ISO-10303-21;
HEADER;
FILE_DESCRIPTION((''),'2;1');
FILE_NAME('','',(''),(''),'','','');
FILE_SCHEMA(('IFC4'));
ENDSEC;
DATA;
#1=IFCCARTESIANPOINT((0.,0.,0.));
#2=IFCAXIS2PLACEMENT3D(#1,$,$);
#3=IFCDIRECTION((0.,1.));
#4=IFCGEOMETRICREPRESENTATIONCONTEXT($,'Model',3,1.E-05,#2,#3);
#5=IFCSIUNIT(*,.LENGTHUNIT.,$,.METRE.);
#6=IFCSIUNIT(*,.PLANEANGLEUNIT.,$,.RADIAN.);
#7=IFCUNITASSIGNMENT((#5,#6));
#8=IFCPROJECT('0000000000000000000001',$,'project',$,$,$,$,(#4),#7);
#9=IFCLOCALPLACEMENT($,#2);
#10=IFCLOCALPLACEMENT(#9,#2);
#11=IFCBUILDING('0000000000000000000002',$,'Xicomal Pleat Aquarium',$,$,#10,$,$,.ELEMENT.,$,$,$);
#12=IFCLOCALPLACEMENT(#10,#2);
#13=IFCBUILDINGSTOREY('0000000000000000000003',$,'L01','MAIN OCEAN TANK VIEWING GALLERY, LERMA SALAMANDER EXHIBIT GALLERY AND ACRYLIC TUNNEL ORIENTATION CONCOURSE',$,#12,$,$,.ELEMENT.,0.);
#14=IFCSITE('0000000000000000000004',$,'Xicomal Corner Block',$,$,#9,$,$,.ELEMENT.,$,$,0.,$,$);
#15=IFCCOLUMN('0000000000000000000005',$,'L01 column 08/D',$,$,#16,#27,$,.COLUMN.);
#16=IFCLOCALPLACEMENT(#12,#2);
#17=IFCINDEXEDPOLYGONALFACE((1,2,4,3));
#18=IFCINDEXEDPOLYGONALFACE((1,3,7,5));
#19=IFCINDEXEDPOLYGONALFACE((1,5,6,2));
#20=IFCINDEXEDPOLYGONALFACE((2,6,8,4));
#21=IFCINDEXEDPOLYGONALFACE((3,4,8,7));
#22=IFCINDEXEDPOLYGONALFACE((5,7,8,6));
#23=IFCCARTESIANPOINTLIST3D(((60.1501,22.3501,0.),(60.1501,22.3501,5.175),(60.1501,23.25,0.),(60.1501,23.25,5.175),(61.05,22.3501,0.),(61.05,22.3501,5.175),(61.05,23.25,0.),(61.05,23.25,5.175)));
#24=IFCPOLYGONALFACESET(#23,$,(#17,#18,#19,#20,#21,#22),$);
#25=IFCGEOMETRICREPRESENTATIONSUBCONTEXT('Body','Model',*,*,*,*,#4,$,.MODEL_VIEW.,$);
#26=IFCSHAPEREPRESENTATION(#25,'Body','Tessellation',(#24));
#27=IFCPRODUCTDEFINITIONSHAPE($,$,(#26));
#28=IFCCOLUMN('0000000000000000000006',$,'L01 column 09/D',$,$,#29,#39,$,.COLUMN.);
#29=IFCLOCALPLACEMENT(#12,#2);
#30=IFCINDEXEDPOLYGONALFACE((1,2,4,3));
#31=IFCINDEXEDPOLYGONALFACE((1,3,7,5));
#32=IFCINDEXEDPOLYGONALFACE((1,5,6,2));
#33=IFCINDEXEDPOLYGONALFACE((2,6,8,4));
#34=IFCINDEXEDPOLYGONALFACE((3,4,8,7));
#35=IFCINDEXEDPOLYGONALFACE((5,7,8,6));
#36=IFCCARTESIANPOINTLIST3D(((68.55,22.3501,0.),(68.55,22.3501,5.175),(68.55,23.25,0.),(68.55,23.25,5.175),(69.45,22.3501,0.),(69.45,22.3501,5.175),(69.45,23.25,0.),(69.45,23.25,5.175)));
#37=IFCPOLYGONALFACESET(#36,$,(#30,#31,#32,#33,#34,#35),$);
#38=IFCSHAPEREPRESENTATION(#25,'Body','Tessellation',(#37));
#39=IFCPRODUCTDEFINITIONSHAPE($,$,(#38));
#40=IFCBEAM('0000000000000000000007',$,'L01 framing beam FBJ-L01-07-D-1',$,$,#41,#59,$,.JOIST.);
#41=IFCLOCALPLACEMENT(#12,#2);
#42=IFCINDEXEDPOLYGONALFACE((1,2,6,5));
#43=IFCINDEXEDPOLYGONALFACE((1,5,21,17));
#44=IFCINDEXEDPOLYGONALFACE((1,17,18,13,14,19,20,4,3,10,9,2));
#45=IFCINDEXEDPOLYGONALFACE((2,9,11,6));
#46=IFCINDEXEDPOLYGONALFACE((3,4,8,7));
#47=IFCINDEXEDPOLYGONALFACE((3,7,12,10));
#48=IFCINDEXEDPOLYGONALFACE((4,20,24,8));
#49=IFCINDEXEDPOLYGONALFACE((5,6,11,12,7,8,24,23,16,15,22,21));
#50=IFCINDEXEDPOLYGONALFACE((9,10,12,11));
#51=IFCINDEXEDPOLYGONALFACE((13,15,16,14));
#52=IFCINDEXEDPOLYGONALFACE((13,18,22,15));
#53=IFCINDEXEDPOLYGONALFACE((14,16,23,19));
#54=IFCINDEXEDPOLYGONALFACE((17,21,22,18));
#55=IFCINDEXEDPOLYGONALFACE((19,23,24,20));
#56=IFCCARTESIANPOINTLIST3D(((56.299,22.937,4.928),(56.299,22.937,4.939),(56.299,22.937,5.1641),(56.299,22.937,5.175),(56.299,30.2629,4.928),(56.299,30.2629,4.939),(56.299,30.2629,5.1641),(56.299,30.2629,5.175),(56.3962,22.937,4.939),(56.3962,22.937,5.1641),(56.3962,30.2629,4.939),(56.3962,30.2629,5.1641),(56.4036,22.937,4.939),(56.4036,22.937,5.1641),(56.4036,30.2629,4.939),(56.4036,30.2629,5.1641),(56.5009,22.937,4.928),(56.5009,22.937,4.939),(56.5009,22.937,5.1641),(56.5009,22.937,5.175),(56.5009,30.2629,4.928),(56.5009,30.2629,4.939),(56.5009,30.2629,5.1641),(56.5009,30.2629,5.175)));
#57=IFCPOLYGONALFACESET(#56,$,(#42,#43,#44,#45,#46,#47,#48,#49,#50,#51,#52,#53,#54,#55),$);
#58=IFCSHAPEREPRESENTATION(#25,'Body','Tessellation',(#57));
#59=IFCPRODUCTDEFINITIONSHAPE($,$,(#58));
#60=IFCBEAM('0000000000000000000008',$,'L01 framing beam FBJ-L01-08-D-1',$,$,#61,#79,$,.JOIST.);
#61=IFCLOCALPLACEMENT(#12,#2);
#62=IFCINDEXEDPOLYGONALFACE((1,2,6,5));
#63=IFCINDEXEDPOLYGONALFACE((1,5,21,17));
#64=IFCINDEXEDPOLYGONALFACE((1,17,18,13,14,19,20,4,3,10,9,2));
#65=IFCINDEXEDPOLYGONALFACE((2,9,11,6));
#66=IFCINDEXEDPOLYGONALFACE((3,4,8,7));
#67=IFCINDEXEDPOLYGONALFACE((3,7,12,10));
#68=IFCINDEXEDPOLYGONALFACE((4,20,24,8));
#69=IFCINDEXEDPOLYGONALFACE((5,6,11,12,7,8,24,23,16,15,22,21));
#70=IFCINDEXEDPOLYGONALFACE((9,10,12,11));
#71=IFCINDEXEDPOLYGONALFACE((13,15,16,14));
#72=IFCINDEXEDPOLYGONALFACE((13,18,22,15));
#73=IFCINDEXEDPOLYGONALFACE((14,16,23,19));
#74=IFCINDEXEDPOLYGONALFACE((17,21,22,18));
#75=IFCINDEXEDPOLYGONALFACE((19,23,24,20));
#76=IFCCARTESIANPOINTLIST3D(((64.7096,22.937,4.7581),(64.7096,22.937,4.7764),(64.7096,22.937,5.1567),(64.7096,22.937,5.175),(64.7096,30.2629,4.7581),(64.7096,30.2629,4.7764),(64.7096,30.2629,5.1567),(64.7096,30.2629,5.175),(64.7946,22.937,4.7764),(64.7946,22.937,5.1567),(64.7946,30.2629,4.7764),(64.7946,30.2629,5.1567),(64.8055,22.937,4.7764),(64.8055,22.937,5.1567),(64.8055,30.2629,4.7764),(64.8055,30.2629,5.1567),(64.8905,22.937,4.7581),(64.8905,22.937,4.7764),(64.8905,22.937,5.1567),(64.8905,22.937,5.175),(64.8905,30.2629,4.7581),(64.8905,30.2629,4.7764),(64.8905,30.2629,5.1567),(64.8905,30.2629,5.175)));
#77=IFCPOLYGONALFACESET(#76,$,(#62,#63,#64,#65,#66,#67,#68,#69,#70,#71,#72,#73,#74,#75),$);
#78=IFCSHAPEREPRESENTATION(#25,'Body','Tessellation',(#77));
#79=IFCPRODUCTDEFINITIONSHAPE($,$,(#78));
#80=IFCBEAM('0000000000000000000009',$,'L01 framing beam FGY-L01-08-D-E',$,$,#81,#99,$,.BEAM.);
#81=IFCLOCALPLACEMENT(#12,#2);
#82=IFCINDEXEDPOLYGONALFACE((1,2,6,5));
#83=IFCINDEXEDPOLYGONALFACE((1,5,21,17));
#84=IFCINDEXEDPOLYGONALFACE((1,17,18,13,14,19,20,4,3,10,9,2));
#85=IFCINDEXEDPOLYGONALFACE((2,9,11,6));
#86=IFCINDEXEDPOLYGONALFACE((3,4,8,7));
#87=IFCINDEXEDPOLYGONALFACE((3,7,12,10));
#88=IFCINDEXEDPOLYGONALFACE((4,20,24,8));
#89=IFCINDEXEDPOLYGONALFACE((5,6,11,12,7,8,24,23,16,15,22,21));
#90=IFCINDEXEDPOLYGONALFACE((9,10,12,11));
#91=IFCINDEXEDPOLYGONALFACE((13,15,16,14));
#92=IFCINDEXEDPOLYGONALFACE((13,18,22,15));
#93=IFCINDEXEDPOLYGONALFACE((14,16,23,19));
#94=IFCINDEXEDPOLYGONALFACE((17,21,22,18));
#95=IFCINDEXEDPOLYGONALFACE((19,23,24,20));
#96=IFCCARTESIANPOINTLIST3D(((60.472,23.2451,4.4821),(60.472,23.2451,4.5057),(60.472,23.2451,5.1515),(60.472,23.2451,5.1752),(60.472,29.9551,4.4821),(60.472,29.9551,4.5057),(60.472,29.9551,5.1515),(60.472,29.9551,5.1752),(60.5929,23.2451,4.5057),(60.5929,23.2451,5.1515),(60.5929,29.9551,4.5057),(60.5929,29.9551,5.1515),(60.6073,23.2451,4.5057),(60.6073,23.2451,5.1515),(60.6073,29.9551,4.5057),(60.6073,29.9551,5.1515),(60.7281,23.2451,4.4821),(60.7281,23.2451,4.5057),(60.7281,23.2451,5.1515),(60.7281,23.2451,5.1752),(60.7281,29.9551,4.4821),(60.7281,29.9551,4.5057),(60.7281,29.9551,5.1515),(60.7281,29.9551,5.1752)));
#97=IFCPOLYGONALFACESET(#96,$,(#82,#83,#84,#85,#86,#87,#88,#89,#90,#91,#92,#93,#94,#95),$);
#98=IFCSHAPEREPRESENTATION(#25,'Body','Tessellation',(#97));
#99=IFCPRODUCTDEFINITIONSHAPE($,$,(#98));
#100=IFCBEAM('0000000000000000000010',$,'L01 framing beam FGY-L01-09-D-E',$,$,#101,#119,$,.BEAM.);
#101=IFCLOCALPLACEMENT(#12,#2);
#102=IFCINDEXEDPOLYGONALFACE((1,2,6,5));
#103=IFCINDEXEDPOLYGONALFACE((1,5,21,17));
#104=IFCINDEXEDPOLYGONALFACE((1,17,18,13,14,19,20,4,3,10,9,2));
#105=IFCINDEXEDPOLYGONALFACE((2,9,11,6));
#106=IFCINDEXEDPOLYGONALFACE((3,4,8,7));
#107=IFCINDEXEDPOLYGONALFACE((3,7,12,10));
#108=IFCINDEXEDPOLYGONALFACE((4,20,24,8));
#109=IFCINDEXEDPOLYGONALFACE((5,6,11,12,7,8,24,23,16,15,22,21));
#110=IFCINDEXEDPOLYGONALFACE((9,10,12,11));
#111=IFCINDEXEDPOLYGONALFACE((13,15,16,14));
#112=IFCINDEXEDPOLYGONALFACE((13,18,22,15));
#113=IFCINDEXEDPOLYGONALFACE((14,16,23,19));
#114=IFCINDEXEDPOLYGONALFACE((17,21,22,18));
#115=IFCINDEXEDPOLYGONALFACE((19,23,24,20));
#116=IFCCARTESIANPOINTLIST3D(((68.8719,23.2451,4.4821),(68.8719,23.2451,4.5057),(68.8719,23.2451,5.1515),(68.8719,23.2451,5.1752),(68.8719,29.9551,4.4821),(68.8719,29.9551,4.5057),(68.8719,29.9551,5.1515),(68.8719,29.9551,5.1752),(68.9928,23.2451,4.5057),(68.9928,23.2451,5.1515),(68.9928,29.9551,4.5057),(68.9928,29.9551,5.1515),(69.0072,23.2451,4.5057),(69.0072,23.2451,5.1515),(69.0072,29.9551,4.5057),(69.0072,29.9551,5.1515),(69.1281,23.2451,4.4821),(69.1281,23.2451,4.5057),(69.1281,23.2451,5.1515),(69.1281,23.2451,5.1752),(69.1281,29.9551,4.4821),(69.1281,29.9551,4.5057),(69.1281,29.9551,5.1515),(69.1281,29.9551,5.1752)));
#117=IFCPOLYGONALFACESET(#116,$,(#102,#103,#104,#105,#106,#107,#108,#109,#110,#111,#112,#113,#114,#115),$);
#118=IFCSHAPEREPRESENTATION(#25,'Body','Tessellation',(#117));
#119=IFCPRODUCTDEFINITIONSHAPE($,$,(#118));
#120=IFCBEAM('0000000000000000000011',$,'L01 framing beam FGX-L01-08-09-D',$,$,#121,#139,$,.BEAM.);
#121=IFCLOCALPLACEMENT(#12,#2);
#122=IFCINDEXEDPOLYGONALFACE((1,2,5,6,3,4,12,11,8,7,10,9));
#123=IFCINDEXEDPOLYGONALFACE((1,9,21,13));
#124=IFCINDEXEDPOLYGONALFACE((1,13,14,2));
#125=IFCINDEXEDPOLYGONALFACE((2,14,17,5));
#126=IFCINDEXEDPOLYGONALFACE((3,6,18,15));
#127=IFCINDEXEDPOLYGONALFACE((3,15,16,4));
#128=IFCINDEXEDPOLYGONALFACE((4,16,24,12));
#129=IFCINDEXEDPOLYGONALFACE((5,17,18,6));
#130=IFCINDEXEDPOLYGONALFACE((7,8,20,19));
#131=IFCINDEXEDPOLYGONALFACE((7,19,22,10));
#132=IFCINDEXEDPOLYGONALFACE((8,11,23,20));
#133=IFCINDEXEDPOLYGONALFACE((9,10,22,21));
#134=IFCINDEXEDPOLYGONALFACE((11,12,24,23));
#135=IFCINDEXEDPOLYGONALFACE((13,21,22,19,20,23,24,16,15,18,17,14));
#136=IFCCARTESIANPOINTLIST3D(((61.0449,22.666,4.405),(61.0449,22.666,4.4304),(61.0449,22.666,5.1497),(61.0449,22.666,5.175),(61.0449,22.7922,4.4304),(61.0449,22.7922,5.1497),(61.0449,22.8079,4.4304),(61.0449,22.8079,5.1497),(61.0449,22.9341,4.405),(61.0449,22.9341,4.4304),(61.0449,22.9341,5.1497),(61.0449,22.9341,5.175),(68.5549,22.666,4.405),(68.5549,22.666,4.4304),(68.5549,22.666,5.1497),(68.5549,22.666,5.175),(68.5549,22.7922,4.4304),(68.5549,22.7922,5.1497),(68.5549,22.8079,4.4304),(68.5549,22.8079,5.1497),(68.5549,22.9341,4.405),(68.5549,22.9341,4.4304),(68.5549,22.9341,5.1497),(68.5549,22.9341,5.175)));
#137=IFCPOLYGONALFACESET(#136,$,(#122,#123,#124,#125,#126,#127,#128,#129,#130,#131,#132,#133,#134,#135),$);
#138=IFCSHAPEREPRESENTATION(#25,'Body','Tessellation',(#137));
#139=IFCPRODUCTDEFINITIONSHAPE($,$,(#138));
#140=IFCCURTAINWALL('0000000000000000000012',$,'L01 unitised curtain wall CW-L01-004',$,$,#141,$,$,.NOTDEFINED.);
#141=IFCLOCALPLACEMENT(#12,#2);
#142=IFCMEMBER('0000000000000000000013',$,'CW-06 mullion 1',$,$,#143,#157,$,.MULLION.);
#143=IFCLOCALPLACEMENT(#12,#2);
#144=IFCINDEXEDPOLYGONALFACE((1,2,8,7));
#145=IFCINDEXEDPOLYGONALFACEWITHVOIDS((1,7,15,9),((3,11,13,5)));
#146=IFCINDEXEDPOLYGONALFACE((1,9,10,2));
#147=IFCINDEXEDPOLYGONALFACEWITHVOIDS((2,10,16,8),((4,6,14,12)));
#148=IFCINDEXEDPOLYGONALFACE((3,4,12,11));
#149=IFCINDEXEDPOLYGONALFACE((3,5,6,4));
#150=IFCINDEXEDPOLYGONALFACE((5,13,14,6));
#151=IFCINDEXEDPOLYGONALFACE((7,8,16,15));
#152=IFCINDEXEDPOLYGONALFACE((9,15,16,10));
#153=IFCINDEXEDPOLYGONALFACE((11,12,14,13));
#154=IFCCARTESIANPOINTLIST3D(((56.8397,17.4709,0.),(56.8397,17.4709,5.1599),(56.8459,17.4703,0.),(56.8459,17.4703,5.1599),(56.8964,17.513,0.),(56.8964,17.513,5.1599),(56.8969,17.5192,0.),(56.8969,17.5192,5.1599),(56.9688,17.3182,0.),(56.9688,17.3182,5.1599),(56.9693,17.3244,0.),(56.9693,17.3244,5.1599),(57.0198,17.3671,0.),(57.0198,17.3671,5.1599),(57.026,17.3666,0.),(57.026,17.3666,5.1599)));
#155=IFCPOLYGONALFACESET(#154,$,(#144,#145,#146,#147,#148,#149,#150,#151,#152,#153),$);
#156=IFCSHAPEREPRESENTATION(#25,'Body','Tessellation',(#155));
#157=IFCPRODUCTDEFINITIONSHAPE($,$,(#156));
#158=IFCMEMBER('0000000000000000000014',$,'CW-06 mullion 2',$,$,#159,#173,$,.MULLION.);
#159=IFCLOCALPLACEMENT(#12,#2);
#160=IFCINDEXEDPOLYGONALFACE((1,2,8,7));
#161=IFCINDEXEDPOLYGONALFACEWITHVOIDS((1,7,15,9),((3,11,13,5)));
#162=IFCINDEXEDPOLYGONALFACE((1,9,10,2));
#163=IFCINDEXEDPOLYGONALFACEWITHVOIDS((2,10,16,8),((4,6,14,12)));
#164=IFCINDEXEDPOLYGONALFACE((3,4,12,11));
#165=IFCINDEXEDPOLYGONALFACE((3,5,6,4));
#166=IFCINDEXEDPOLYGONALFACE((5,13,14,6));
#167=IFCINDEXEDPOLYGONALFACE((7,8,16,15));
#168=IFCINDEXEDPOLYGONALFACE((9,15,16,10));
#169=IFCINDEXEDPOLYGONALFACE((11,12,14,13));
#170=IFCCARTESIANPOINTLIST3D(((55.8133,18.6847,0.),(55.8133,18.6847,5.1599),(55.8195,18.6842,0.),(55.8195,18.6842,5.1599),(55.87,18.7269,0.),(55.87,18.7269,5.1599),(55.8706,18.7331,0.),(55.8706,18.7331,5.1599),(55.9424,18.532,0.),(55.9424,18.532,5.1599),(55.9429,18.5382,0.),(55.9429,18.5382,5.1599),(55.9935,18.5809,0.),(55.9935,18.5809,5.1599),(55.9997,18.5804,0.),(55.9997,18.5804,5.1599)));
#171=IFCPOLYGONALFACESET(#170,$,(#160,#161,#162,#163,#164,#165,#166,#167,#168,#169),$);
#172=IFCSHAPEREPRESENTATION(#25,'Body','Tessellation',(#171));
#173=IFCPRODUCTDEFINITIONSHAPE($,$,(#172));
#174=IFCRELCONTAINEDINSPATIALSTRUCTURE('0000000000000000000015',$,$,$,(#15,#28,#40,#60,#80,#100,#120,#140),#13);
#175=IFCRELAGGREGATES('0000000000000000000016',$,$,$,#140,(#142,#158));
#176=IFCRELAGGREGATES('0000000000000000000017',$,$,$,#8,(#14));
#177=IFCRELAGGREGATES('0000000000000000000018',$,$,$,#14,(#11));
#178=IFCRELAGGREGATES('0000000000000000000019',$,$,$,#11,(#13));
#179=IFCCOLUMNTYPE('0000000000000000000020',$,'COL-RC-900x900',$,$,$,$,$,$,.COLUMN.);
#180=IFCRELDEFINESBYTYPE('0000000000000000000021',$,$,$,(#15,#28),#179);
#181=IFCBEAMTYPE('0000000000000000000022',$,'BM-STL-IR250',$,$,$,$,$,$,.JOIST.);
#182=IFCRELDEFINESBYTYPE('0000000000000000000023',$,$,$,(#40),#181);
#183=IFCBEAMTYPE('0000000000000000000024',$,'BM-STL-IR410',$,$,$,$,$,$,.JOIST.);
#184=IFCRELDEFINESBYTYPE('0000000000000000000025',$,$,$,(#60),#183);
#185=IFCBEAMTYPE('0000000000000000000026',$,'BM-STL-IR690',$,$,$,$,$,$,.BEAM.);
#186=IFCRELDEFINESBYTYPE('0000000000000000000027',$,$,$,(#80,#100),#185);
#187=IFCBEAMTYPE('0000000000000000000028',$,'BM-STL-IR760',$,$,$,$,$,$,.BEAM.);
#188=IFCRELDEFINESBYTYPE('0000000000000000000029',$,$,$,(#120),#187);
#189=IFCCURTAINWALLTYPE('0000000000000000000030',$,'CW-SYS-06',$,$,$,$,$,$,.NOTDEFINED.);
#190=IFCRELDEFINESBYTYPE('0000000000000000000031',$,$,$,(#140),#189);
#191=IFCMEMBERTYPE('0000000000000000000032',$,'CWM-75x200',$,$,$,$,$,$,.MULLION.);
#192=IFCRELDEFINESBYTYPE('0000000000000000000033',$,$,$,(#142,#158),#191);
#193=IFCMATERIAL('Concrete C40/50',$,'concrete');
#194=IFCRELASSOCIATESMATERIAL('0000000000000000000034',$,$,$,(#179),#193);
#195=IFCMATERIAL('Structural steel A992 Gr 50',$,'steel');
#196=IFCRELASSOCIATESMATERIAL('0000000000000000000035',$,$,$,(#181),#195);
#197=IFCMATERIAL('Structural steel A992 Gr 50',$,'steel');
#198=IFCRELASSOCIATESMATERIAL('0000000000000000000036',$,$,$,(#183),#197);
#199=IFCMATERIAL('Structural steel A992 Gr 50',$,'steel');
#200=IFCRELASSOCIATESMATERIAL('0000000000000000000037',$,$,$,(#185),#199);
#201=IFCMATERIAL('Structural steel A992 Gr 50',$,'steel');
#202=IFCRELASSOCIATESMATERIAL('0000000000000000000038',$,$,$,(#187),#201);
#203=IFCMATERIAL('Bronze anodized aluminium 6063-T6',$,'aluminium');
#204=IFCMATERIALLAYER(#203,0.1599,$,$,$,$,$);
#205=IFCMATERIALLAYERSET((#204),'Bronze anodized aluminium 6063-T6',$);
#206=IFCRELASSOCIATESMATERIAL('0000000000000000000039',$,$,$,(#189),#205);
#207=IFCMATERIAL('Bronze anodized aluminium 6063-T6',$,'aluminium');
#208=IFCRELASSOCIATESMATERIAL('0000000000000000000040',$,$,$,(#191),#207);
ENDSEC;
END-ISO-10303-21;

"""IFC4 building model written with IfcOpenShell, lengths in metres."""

from ifc_helpers import new_model, si_unit, direction, frame, origin, origin_2d, place, context, subcontext, project, spatial, rectangle, hollow_rectangle, i_section, extrude, material, layer, layer_set, material_profile, profile_set, type_object, element, aggregate, save


model = new_model("IFC4")

# Units and contexts
model_context = context("Model", 3, precision=1e-05, world=origin(), true_north=direction((0.0, 1.0)))
body_context = subcontext(model_context, "Body", "Model", "MODEL_VIEW")
ifc_project = project(units=[si_unit("LENGTHUNIT", "METRE"), si_unit("PLANEANGLEUNIT", "RADIAN")], contexts=[model_context])

# Site, building, storey
site_placement = place(None, origin())
site = spatial("IfcSite", under=ifc_project, at=site_placement, Name="Xicomal Corner Block", CompositionType="ELEMENT", RefElevation=0.0)
building_placement = place(site_placement, origin())
building = spatial("IfcBuilding", under=site, at=building_placement, Name="Xicomal Pleat Aquarium", CompositionType="ELEMENT")
storey_placement = place(building_placement, origin())
storey = spatial("IfcBuildingStorey", under=building, at=storey_placement, Name="L01", Description="MAIN OCEAN TANK VIEWING GALLERY, LERMA SALAMANDER EXHIBIT GALLERY AND ACRYLIC TUNNEL ORIENTATION CONCOURSE", CompositionType="ELEMENT", Elevation=0.0)

# Columns
ifc_material_1 = material(Name="Concrete C40/50", Category="concrete")
ifc_material_profile_1 = material_profile(ifc_material_1, rectangle(XDim=0.8999, YDim=0.8999, at=origin_2d()), Name="RC 900x900")
ifc_profile_set_1 = profile_set([ifc_material_profile_1], Name="Concrete C40/50")
column_type = type_object("IfcColumnType", Name="COL-RC-900x900", PredefinedType="COLUMN", material=ifc_profile_set_1)
for number, where, z_axis, x_axis, name in (
    (1, (60.6001, 22.8, 0.0), (0.0, 0.0, 1.0), (1.0, 0.0, 0.0), "L01 column 08/D"),
    (2, (69.0, 22.8, 0.0), (0.0, 0.0, 1.0), (1.0, 0.0, 0.0), "L01 column 09/D"),
):
    element("IfcColumn", number, at=place(storey_placement, frame(where, z_axis=z_axis, x_axis=x_axis)), inside=storey, type_object=column_type, Name=name, PredefinedType="COLUMN", context=body_context, shape_type="SweptSolid", body=[
        extrude(rectangle(XDim=0.8999, YDim=0.8999, at=origin_2d()), origin(), (0.0, 0.0, 1.0), 5.175),
    ])

# Beams
ifc_material_2 = material(Name="Structural steel A992 Gr 50", Category="steel")
ifc_material_profile_2 = material_profile(ifc_material_2, i_section(OverallWidth=0.2019, OverallDepth=0.2471, WebThickness=0.0073, FlangeThickness=0.011, at=origin_2d()), Name="IR 250x49")
ifc_profile_set_2 = profile_set([ifc_material_profile_2], Name="Structural steel A992 Gr 50")
beam_type_1 = type_object("IfcBeamType", Name="BM-STL-IR250", PredefinedType="JOIST", material=ifc_profile_set_2)
beam_1_placement = place(storey_placement, frame((56.3999, 22.937, 5.0515), z_axis=(0.0, 1.0, 0.0), x_axis=(-1.0, 0.0, 0.0)))
element("IfcBeam", 3, at=beam_1_placement, inside=storey, type_object=beam_type_1, Name="L01 framing beam FBJ-L01-07-D-1", PredefinedType="JOIST", context=body_context, shape_type="SweptSolid", body=[
    extrude(i_section(OverallWidth=0.2019, OverallDepth=0.2471, WebThickness=0.0073, FlangeThickness=0.011, at=origin_2d()), origin(), (0.0, 0.0, 1.0), 7.3259),
])
ifc_material_3 = material(Name="Structural steel A992 Gr 50", Category="steel")
ifc_material_profile_3 = material_profile(ifc_material_3, i_section(OverallWidth=0.1809, OverallDepth=0.417, WebThickness=0.011, FlangeThickness=0.0183, at=origin_2d()), Name="IR 410x85")
ifc_profile_set_3 = profile_set([ifc_material_profile_3], Name="Structural steel A992 Gr 50")
beam_type_2 = type_object("IfcBeamType", Name="BM-STL-IR410", PredefinedType="JOIST", material=ifc_profile_set_3)
beam_2_placement = place(storey_placement, frame((64.8, 22.937, 4.9666), z_axis=(0.0, 1.0, 0.0), x_axis=(-1.0, 0.0, 0.0)))
element("IfcBeam", 4, at=beam_2_placement, inside=storey, type_object=beam_type_2, Name="L01 framing beam FBJ-L01-08-D-1", PredefinedType="JOIST", context=body_context, shape_type="SweptSolid", body=[
    extrude(i_section(OverallWidth=0.1809, OverallDepth=0.417, WebThickness=0.011, FlangeThickness=0.0183, at=origin_2d()), origin(), (0.0, 0.0, 1.0), 7.3259),
])
ifc_material_4 = material(Name="Structural steel A992 Gr 50", Category="steel")
ifc_material_profile_4 = material_profile(ifc_material_4, i_section(OverallWidth=0.2561, OverallDepth=0.6931, WebThickness=0.0144, FlangeThickness=0.0237, at=origin_2d()), Name="IR 690x170")
ifc_profile_set_4 = profile_set([ifc_material_profile_4], Name="Structural steel A992 Gr 50")
beam_type_3 = type_object("IfcBeamType", Name="BM-STL-IR690", PredefinedType="BEAM", material=ifc_profile_set_4)
for number, where, z_axis, x_axis, name in (
    (5, (60.6001, 23.2451, 4.8286), (0.0, 1.0, 0.0), (-1.0, 0.0, 0.0), "L01 framing beam FGY-L01-08-D-E"),
    (6, (69.0, 23.2451, 4.8286), (0.0, 1.0, 0.0), (-1.0, 0.0, 0.0), "L01 framing beam FGY-L01-09-D-E"),
):
    element("IfcBeam", number, at=place(storey_placement, frame(where, z_axis=z_axis, x_axis=x_axis)), inside=storey, type_object=beam_type_3, Name=name, PredefinedType="BEAM", context=body_context, shape_type="SweptSolid", body=[
        extrude(i_section(OverallWidth=0.2561, OverallDepth=0.6931, WebThickness=0.0144, FlangeThickness=0.0237, at=origin_2d()), origin(), (0.0, 0.0, 1.0), 6.71),
    ])
ifc_material_5 = material(Name="Structural steel A992 Gr 50", Category="steel")
ifc_material_profile_5 = material_profile(ifc_material_5, i_section(OverallWidth=0.2681, OverallDepth=0.77, WebThickness=0.0156, FlangeThickness=0.0254, at=origin_2d()), Name="IR 760x196")
ifc_profile_set_5 = profile_set([ifc_material_profile_5], Name="Structural steel A992 Gr 50")
beam_type_4 = type_object("IfcBeamType", Name="BM-STL-IR760", PredefinedType="BEAM", material=ifc_profile_set_5)
beam_3_placement = place(storey_placement, frame((61.0449, 22.8, 4.79), z_axis=(1.0, 0.0, 0.0), x_axis=(0.0, 1.0, 0.0)))
element("IfcBeam", 7, at=beam_3_placement, inside=storey, type_object=beam_type_4, Name="L01 framing beam FGX-L01-08-09-D", PredefinedType="BEAM", context=body_context, shape_type="SweptSolid", body=[
    extrude(i_section(OverallWidth=0.2681, OverallDepth=0.77, WebThickness=0.0156, FlangeThickness=0.0254, at=origin_2d()), origin(), (0.0, 0.0, 1.0), 7.51),
])

# Curtain wall, members
ifc_material_6 = material(Name="Bronze anodized aluminium 6063-T6", Category="aluminium")
ifc_layer_1 = layer(ifc_material_6, 0.1599)
ifc_layer_set_1 = layer_set([ifc_layer_1], Name="Bronze anodized aluminium 6063-T6")
curtain_wall_type = type_object("IfcCurtainWallType", Name="CW-SYS-06", PredefinedType="NOTDEFINED", material=ifc_layer_set_1)
curtain_wall_placement = place(storey_placement, origin())
curtain_wall = element("IfcCurtainWall", 8, at=curtain_wall_placement, inside=storey, type_object=curtain_wall_type, Name="L01 unitised curtain wall CW-L01-004", PredefinedType="NOTDEFINED")
ifc_material_7 = material(Name="Bronze anodized aluminium 6063-T6", Category="aluminium")
ifc_material_profile_6 = material_profile(ifc_material_7, hollow_rectangle(XDim=0.075, YDim=0.2, WallThickness=0.0044, at=origin_2d()), Name="ALU MULL 75x200")
ifc_profile_set_6 = profile_set([ifc_material_profile_6], Name="Bronze anodized aluminium 6063-T6")
member_type_1 = type_object("IfcMemberType", Name="CWM-75x200", PredefinedType="MULLION", material=ifc_profile_set_6)
member_1_placement = place(storey_placement, frame((56.9329, 17.4187, 0.0), z_axis=(0.0, 0.0, 1.0), x_axis=(-0.763643, -0.645639, 0.0)))
member_1 = element("IfcMember", 9, at=member_1_placement, type_object=member_type_1, Name="CW-06 mullion 1", PredefinedType="MULLION", context=body_context, shape_type="SweptSolid", body=[
    extrude(hollow_rectangle(XDim=0.075, YDim=0.2, WallThickness=0.0044, at=origin_2d()), origin(), (0.0, 0.0, 1.0), 5.1599),
])
member_2_placement = place(storey_placement, frame((55.9065, 18.6326, 0.0), z_axis=(0.0, 0.0, 1.0), x_axis=(-0.763643, -0.645639, 0.0)))
member_2 = element("IfcMember", 10, at=member_2_placement, type_object=member_type_1, Name="CW-06 mullion 2", PredefinedType="MULLION", context=body_context, shape_type="SweptSolid", body=[
    extrude(hollow_rectangle(XDim=0.075, YDim=0.2, WallThickness=0.0044, at=origin_2d()), origin(), (0.0, 0.0, 1.0), 5.1599),
])
aggregate(curtain_wall, [member_1, member_2])

save(model, "model.ifc")
